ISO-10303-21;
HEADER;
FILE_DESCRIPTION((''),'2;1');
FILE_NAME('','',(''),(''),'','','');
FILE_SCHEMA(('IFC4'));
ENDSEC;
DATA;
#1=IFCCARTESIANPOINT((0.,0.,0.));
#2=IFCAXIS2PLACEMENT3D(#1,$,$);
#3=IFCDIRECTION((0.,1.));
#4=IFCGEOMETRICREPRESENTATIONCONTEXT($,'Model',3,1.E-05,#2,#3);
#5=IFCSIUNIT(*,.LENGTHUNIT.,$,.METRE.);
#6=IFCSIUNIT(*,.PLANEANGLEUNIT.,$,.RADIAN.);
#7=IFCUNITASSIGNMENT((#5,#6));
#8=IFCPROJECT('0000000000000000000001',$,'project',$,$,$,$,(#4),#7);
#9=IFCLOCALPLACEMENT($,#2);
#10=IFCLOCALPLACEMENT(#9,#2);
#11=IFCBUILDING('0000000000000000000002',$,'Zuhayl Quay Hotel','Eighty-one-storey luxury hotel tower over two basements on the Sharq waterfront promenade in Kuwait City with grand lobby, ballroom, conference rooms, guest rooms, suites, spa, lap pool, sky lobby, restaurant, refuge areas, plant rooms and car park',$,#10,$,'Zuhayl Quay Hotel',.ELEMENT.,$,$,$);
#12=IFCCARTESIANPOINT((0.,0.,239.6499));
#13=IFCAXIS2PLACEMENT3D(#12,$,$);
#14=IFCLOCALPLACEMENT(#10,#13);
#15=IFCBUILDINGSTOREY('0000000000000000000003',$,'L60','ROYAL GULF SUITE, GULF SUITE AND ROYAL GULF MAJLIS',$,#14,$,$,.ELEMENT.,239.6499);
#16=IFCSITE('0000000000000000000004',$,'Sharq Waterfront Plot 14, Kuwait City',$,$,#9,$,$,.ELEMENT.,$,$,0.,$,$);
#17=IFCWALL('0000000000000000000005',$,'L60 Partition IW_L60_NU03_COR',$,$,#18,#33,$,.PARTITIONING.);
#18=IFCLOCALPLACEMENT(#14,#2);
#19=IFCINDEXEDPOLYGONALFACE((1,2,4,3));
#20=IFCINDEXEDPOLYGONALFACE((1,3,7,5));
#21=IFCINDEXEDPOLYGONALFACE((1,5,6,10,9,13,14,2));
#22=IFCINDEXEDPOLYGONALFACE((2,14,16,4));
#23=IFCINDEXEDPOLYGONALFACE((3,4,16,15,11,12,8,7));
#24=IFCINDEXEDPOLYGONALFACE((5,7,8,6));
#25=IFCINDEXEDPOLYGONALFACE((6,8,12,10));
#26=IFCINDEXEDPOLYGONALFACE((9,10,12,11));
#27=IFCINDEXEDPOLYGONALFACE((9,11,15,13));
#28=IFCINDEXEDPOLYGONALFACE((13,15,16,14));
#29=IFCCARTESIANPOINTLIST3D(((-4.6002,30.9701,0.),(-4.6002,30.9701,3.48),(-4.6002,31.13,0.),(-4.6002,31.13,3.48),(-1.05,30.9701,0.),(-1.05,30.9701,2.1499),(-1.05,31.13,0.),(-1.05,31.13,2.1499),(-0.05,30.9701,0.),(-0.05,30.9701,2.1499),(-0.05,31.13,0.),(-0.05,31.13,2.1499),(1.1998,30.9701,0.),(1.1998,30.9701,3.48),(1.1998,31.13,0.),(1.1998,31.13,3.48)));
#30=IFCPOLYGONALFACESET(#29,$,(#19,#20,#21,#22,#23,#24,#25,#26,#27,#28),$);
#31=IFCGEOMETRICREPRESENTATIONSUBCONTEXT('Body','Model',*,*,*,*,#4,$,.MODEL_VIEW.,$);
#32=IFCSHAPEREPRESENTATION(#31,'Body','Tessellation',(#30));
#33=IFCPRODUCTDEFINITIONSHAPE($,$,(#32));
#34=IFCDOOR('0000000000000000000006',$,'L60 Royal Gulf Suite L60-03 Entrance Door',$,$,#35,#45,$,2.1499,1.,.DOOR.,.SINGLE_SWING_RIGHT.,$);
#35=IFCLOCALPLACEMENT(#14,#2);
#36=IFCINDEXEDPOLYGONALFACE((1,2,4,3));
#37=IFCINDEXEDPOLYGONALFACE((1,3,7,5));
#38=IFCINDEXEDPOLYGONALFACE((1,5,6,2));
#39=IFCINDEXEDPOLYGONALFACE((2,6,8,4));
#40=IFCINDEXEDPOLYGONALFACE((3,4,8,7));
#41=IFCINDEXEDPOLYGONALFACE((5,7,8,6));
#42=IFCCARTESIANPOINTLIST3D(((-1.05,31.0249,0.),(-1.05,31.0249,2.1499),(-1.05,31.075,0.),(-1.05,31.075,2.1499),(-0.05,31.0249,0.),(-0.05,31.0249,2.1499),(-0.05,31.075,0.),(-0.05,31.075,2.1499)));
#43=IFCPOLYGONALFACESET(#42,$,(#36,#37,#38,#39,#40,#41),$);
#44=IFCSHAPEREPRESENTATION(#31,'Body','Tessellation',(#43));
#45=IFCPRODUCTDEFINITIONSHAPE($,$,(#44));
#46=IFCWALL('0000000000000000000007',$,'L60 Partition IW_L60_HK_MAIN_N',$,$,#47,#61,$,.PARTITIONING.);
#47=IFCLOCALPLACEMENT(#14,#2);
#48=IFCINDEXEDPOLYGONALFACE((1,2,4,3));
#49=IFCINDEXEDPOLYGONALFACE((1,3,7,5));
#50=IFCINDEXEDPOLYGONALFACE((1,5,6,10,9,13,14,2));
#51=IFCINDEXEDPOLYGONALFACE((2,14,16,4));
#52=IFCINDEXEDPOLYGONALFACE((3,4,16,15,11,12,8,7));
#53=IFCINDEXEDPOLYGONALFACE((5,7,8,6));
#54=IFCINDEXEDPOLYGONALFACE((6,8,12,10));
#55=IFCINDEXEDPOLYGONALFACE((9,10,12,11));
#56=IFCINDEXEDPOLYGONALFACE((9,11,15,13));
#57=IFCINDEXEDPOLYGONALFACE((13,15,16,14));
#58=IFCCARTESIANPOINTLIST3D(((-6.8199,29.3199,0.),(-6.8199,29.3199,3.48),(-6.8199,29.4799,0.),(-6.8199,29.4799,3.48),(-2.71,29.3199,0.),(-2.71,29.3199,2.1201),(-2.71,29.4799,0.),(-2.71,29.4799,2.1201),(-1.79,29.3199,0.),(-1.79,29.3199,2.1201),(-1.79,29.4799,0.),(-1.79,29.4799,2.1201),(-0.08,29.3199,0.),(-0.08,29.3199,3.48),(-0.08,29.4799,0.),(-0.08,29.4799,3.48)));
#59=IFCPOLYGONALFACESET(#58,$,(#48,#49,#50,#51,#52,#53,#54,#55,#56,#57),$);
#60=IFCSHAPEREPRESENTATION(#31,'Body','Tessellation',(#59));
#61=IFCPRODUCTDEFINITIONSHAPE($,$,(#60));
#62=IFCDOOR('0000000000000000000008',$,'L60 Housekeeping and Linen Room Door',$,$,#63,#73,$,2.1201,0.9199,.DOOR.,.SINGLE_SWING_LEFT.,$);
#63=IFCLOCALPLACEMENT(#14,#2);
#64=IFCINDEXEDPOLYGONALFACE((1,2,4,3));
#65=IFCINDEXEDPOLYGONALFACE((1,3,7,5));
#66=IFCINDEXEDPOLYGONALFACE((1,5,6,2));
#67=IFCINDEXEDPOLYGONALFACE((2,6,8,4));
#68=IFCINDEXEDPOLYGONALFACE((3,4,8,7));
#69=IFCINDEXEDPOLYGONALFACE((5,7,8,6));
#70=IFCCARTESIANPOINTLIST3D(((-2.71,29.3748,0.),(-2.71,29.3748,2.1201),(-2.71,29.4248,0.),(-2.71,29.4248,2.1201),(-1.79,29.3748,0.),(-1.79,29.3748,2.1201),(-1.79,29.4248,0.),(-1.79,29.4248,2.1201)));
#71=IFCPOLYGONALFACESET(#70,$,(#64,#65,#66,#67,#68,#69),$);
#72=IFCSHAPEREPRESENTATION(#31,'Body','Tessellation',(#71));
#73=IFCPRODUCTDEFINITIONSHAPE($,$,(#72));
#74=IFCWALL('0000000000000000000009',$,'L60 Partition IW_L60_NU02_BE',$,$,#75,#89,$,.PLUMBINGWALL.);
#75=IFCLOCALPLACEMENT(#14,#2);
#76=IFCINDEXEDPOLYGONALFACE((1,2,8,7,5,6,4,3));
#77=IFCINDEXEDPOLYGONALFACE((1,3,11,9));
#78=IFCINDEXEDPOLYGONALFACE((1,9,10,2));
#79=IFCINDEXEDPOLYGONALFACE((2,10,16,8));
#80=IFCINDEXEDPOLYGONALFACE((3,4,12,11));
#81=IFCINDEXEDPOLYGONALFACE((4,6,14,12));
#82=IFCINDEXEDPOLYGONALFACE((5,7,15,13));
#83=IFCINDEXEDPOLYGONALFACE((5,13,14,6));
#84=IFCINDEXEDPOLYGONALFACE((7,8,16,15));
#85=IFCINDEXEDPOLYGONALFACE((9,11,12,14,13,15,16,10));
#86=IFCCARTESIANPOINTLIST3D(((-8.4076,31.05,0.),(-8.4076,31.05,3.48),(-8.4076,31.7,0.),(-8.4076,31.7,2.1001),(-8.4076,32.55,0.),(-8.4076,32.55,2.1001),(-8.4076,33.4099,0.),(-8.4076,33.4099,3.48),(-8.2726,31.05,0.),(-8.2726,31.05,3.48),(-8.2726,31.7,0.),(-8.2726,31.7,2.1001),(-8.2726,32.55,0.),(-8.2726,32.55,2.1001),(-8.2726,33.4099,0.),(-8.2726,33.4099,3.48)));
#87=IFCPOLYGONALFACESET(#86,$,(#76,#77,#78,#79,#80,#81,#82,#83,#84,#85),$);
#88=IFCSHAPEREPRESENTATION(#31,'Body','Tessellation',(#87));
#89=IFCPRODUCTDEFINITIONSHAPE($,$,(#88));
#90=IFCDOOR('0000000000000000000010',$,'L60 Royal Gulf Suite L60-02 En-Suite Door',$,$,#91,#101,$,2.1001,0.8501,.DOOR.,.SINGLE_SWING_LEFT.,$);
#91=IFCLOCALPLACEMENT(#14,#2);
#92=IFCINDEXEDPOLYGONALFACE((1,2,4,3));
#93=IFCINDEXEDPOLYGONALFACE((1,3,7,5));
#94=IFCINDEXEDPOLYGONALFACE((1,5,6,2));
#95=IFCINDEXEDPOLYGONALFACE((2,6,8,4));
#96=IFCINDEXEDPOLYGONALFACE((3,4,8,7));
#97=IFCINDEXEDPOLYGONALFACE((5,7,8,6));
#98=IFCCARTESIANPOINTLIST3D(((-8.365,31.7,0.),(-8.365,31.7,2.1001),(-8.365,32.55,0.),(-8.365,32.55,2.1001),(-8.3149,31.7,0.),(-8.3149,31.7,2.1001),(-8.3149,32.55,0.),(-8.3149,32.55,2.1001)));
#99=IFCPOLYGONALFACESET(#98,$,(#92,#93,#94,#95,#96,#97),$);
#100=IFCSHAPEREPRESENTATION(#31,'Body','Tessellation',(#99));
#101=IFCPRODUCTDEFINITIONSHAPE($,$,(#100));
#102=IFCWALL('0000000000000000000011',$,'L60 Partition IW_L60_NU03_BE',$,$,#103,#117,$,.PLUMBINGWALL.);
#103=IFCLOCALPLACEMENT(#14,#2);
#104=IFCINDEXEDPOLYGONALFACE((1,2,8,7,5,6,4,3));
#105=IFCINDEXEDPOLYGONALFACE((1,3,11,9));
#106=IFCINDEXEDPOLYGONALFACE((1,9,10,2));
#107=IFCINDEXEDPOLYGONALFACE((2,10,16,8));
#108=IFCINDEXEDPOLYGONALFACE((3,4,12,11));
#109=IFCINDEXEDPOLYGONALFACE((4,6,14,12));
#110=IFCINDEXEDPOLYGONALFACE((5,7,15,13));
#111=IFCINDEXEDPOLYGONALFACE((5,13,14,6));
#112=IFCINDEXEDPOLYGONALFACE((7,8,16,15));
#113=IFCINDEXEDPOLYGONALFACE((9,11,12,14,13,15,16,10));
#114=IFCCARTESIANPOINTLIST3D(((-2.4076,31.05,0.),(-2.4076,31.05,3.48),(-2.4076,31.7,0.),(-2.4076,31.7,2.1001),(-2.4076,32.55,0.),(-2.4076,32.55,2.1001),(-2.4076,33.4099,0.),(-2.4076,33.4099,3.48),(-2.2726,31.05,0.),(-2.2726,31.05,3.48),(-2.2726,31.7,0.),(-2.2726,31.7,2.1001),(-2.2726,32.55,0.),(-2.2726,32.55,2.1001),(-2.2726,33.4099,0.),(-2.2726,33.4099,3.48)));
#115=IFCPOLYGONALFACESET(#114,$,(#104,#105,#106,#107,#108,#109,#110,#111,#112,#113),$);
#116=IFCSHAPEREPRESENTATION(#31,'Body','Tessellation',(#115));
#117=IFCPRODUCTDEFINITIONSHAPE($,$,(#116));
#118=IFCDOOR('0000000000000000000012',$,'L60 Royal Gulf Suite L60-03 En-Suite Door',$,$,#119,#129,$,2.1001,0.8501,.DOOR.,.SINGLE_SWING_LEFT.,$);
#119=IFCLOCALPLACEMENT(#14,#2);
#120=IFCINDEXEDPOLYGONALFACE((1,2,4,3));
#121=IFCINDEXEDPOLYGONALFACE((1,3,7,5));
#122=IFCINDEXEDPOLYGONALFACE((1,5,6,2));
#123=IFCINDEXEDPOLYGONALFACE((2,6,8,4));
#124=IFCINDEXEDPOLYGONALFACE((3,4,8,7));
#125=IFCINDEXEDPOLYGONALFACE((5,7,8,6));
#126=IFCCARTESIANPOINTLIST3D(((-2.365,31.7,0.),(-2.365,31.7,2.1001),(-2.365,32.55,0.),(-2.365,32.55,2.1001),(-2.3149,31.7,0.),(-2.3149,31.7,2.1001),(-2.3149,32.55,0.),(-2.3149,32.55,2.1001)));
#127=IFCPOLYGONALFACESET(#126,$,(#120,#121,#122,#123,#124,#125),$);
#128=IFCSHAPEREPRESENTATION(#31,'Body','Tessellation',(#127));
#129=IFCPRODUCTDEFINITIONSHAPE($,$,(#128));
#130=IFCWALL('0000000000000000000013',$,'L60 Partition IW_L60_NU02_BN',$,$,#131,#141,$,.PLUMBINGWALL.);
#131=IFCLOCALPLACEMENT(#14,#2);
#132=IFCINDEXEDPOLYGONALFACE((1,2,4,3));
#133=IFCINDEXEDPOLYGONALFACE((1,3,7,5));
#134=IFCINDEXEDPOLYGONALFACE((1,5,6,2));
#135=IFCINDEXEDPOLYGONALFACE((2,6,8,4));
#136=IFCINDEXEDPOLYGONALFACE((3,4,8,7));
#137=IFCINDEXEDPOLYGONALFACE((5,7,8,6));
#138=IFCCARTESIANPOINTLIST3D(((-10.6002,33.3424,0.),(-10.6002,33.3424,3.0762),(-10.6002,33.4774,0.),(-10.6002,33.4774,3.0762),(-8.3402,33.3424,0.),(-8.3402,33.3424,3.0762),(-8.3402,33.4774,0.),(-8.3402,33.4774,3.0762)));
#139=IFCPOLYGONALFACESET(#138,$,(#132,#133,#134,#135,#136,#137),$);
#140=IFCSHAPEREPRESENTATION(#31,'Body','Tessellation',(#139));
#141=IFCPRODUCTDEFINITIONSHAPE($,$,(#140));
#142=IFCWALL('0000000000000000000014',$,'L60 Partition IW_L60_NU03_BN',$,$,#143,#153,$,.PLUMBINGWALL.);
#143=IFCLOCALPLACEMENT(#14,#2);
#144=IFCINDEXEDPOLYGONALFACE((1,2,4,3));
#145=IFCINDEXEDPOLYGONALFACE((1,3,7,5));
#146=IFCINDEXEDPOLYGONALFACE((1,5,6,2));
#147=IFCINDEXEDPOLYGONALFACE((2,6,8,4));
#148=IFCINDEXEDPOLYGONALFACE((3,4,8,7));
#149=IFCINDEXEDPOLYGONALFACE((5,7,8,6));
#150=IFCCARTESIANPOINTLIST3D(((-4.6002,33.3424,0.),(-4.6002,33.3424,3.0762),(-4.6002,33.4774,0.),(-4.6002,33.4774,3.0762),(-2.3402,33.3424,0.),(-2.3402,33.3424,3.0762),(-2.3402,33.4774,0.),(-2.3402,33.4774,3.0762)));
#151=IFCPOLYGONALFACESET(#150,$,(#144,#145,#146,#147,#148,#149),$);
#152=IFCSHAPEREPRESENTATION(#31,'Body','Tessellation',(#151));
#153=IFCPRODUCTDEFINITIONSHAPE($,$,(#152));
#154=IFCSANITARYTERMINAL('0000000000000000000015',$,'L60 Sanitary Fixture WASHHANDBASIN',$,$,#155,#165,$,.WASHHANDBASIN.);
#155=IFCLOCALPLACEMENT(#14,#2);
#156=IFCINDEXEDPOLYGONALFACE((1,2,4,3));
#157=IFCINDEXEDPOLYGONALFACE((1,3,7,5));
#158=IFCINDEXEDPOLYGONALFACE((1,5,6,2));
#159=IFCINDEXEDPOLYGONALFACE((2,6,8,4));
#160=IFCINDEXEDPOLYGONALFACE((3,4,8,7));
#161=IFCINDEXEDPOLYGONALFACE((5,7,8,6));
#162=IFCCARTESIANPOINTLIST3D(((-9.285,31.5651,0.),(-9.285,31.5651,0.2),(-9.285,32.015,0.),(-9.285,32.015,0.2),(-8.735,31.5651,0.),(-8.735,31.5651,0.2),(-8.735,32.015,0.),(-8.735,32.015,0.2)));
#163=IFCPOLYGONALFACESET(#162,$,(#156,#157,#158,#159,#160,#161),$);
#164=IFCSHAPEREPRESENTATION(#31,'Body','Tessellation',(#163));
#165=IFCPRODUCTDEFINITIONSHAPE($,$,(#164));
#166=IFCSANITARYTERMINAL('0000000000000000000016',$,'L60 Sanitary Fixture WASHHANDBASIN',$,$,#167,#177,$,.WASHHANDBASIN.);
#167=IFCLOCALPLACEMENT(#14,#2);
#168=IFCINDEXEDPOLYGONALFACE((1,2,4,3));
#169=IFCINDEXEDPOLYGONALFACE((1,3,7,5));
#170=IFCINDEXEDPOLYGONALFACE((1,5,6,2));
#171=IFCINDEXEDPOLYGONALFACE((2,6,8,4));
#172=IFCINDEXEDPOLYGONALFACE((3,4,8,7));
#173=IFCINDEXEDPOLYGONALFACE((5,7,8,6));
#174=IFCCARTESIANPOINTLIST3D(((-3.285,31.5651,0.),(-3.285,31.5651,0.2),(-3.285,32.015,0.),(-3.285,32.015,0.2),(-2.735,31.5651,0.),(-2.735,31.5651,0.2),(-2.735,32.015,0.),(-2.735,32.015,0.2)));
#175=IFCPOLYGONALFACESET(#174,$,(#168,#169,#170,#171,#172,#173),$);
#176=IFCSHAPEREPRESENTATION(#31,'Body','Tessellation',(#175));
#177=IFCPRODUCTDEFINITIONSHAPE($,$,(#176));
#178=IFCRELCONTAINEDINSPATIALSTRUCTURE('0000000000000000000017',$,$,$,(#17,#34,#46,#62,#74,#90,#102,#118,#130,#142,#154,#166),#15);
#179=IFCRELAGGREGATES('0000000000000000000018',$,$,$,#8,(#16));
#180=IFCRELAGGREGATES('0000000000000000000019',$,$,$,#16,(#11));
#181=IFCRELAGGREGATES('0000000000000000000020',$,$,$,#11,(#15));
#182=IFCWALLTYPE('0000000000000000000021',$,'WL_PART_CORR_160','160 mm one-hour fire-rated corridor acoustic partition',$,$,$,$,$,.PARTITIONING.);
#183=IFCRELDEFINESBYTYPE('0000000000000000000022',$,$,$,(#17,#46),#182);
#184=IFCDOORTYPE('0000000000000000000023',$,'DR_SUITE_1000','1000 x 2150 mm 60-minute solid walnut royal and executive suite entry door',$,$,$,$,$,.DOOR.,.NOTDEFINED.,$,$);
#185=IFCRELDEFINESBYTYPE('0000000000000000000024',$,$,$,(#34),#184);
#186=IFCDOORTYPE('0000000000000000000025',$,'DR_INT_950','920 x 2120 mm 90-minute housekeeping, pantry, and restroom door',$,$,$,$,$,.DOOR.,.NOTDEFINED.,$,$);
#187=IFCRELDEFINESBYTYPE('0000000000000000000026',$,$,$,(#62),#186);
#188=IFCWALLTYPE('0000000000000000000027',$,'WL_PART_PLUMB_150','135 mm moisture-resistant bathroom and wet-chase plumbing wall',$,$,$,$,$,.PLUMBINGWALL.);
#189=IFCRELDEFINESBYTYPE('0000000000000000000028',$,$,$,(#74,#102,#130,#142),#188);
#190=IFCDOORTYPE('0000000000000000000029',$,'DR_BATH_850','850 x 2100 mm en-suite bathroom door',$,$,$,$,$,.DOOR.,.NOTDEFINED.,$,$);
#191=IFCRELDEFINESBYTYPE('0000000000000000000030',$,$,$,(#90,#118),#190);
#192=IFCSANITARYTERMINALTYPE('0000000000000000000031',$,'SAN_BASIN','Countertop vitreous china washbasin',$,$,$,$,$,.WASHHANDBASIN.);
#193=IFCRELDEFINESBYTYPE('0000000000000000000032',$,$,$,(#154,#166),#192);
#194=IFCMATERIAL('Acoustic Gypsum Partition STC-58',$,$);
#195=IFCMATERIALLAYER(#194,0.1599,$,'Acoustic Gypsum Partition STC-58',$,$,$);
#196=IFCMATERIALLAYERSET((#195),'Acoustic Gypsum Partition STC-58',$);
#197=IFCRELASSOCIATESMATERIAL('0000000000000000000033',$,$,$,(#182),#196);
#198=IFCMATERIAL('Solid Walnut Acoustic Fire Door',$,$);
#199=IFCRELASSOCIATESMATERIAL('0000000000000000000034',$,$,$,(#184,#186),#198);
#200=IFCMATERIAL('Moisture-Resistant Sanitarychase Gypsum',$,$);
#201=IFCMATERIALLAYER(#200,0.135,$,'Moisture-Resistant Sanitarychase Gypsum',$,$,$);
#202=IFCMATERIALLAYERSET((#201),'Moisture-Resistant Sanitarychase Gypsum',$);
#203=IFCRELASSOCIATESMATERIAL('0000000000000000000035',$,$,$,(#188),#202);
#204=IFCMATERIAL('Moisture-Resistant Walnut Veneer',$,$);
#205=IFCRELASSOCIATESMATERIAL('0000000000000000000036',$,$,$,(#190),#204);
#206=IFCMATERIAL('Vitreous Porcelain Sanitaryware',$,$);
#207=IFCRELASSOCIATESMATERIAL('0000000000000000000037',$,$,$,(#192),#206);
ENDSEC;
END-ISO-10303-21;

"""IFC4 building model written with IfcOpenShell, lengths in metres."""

from ifc_helpers import new_model, si_unit, direction, frame, frame_2d, origin, origin_2d, place, context, subcontext, project, spatial, rectangle, extrude, material, layer, layer_set, type_object, element, fill, save


model = new_model("IFC4")

# Units and contexts
model_context = context("Model", 3, precision=1e-05, world=origin(), true_north=direction((0.0, 1.0)))
body_context = subcontext(model_context, "Body", "Model", "MODEL_VIEW")
ifc_project = project(units=[si_unit("LENGTHUNIT", "METRE"), si_unit("PLANEANGLEUNIT", "RADIAN")], contexts=[model_context])

# Site, building, storey
site_placement = place(None, origin())
site = spatial("IfcSite", under=ifc_project, at=site_placement, Name="Sharq Waterfront Plot 14, Kuwait City", CompositionType="ELEMENT", RefElevation=0.0)
building_placement = place(site_placement, origin())
building = spatial("IfcBuilding", under=site, at=building_placement, Name="Zuhayl Quay Hotel", Description="Eighty-one-storey luxury hotel tower over two basements on the Sharq waterfront promenade in Kuwait City with grand lobby, ballroom, conference rooms, guest rooms, suites, spa, lap pool, sky lobby, restaurant, refuge areas, plant rooms and car park", LongName="Zuhayl Quay Hotel", CompositionType="ELEMENT")
storey_placement = place(building_placement, frame((0.0, 0.0, 239.6499)))
storey = spatial("IfcBuildingStorey", under=building, at=storey_placement, Name="L60", Description="ROYAL GULF SUITE, GULF SUITE AND ROYAL GULF MAJLIS", CompositionType="ELEMENT", Elevation=239.6499)

# Shared definitions
ifc_material_1 = material(Name="Acoustic Gypsum Partition STC-58")

# Walls, openings, doors
ifc_layer_1 = layer(ifc_material_1, 0.1599, Name="Acoustic Gypsum Partition STC-58")
ifc_layer_set_1 = layer_set([ifc_layer_1], Name="Acoustic Gypsum Partition STC-58")
wall_type_1 = type_object("IfcWallType", Name="WL_PART_CORR_160", Description="160 mm one-hour fire-rated corridor acoustic partition", PredefinedType="PARTITIONING", material=ifc_layer_set_1)
ifc_material_2 = material(Name="Solid Walnut Acoustic Fire Door")
door_type_1 = type_object("IfcDoorType", Name="DR_SUITE_1000", Description="1000 x 2150 mm 60-minute solid walnut royal and executive suite entry door", OperationType="NOTDEFINED", PredefinedType="DOOR", material=ifc_material_2)
wall_1_placement = place(storey_placement, frame((-4.6001, 31.05, 0.0), z_axis=(0.0, 0.0, 1.0), x_axis=(1.0, 0.0, 0.0)))
wall_1 = element("IfcWall", 1, at=wall_1_placement, inside=storey, type_object=wall_type_1, Name="L60 Partition IW_L60_NU03_COR", PredefinedType="PARTITIONING", context=body_context, shape_type="SweptSolid", body=[
    extrude(rectangle(XDim=5.8, YDim=0.1599, at=frame_2d((2.8999, 0.0))), origin(), (0.0, 0.0, 1.0), 3.48),
])
opening_1_placement = place(wall_1_placement, frame((3.55, 0.0, 0.0)))
opening_1 = element("IfcOpeningElement", 2, at=opening_1_placement, cuts=wall_1, PredefinedType="OPENING", context=body_context, shape_type="SweptSolid", body=[
    extrude(rectangle(XDim=1.0, YDim=2.1499, at=frame_2d((0.5, 1.075))), frame((0.0, 0.0898, 0.0), z_axis=(0.0, -1.0, 0.0), x_axis=(1.0, 0.0, 0.0)), (0.0, 0.0, 1.0), 0.1799),
])
door_1_placement = place(opening_1_placement, origin())
door_1 = element("IfcDoor", 3, at=door_1_placement, inside=storey, type_object=door_type_1, Name="L60 Royal Gulf Suite L60-03 Entrance Door", OperationType="SINGLE_SWING_RIGHT", OverallHeight=2.1499, OverallWidth=1.0, PredefinedType="DOOR", context=body_context, shape_type="SweptSolid", body=[
    extrude(rectangle(XDim=1.0, YDim=2.1499, at=frame_2d((0.5, 1.075))), frame((0.0, 0.0249, 0.0), z_axis=(0.0, -1.0, 0.0), x_axis=(1.0, 0.0, 0.0)), (0.0, 0.0, 1.0), 0.05),
])
fill(opening_1, door_1)
wall_2_placement = place(storey_placement, frame((-6.8201, 29.3999, 0.0), z_axis=(0.0, 0.0, 1.0), x_axis=(1.0, 0.0, 0.0)))
wall_2 = element("IfcWall", 4, at=wall_2_placement, inside=storey, type_object=wall_type_1, Name="L60 Partition IW_L60_HK_MAIN_N", PredefinedType="PARTITIONING", context=body_context, shape_type="SweptSolid", body=[
    extrude(rectangle(XDim=6.74, YDim=0.1599, at=frame_2d((3.3701, 0.0))), origin(), (0.0, 0.0, 1.0), 3.48),
])
opening_2_placement = place(wall_2_placement, frame((4.1101, 0.0, 0.0)))
opening_2 = element("IfcOpeningElement", 5, at=opening_2_placement, cuts=wall_2, PredefinedType="OPENING", context=body_context, shape_type="SweptSolid", body=[
    extrude(rectangle(XDim=0.9199, YDim=2.1201, at=frame_2d((0.46, 1.0601))), frame((0.0, 0.0898, 0.0), z_axis=(0.0, -1.0, 0.0), x_axis=(1.0, 0.0, 0.0)), (0.0, 0.0, 1.0), 0.1799),
])
door_type_2 = type_object("IfcDoorType", Name="DR_INT_950", Description="920 x 2120 mm 90-minute housekeeping, pantry, and restroom door", OperationType="NOTDEFINED", PredefinedType="DOOR", material=ifc_material_2)
door_2_placement = place(opening_2_placement, origin())
door_2 = element("IfcDoor", 6, at=door_2_placement, inside=storey, type_object=door_type_2, Name="L60 Housekeeping and Linen Room Door", OperationType="SINGLE_SWING_LEFT", OverallHeight=2.1201, OverallWidth=0.9199, PredefinedType="DOOR", context=body_context, shape_type="SweptSolid", body=[
    extrude(rectangle(XDim=0.9199, YDim=2.1201, at=frame_2d((0.46, 1.0601))), frame((0.0, 0.0249, 0.0), z_axis=(0.0, -1.0, 0.0), x_axis=(1.0, 0.0, 0.0)), (0.0, 0.0, 1.0), 0.05),
])
fill(opening_2, door_2)
ifc_material_3 = material(Name="Moisture-Resistant Sanitarychase Gypsum")
ifc_layer_2 = layer(ifc_material_3, 0.135, Name="Moisture-Resistant Sanitarychase Gypsum")
ifc_layer_set_2 = layer_set([ifc_layer_2], Name="Moisture-Resistant Sanitarychase Gypsum")
wall_type_2 = type_object("IfcWallType", Name="WL_PART_PLUMB_150", Description="135 mm moisture-resistant bathroom and wet-chase plumbing wall", PredefinedType="PLUMBINGWALL", material=ifc_layer_set_2)
wall_3_placement = place(storey_placement, frame((-8.3401, 31.05, 0.0), z_axis=(0.0, 0.0, 1.0), x_axis=(0.0, 1.0, 0.0)))
wall_3 = element("IfcWall", 7, at=wall_3_placement, inside=storey, type_object=wall_type_2, Name="L60 Partition IW_L60_NU02_BE", PredefinedType="PLUMBINGWALL", context=body_context, shape_type="SweptSolid", body=[
    extrude(rectangle(XDim=2.3599, YDim=0.135, at=frame_2d((1.1799, 0.0))), origin(), (0.0, 0.0, 1.0), 3.48),
])
opening_3_placement = place(wall_3_placement, frame((0.6499, 0.0, 0.0)))
opening_3 = element("IfcOpeningElement", 8, at=opening_3_placement, cuts=wall_3, PredefinedType="OPENING", context=body_context, shape_type="SweptSolid", body=[
    extrude(rectangle(XDim=0.8501, YDim=2.1001, at=frame_2d((0.425, 1.05))), frame((0.0, 0.0774, 0.0), z_axis=(0.0, -1.0, 0.0), x_axis=(1.0, 0.0, 0.0)), (0.0, 0.0, 1.0), 0.155),
])
ifc_material_4 = material(Name="Moisture-Resistant Walnut Veneer")
door_type_3 = type_object("IfcDoorType", Name="DR_BATH_850", Description="850 x 2100 mm en-suite bathroom door", OperationType="NOTDEFINED", PredefinedType="DOOR", material=ifc_material_4)
door_3_placement = place(opening_3_placement, origin())
door_3 = element("IfcDoor", 9, at=door_3_placement, inside=storey, type_object=door_type_3, Name="L60 Royal Gulf Suite L60-02 En-Suite Door", OperationType="SINGLE_SWING_LEFT", OverallHeight=2.1001, OverallWidth=0.8501, PredefinedType="DOOR", context=body_context, shape_type="SweptSolid", body=[
    extrude(rectangle(XDim=0.8501, YDim=2.1001, at=frame_2d((0.425, 1.05))), frame((0.0, 0.0249, 0.0), z_axis=(0.0, -1.0, 0.0), x_axis=(1.0, 0.0, 0.0)), (0.0, 0.0, 1.0), 0.05),
])
fill(opening_3, door_3)
wall_4_placement = place(storey_placement, frame((-2.3401, 31.05, 0.0), z_axis=(0.0, 0.0, 1.0), x_axis=(0.0, 1.0, 0.0)))
wall_4 = element("IfcWall", 10, at=wall_4_placement, inside=storey, type_object=wall_type_2, Name="L60 Partition IW_L60_NU03_BE", PredefinedType="PLUMBINGWALL", context=body_context, shape_type="SweptSolid", body=[
    extrude(rectangle(XDim=2.3599, YDim=0.135, at=frame_2d((1.1799, 0.0))), origin(), (0.0, 0.0, 1.0), 3.48),
])
opening_4_placement = place(wall_4_placement, frame((0.6499, 0.0, 0.0)))
opening_4 = element("IfcOpeningElement", 11, at=opening_4_placement, cuts=wall_4, PredefinedType="OPENING", context=body_context, shape_type="SweptSolid", body=[
    extrude(rectangle(XDim=0.8501, YDim=2.1001, at=frame_2d((0.425, 1.05))), frame((0.0, 0.0774, 0.0), z_axis=(0.0, -1.0, 0.0), x_axis=(1.0, 0.0, 0.0)), (0.0, 0.0, 1.0), 0.155),
])
door_4_placement = place(opening_4_placement, origin())
door_4 = element("IfcDoor", 12, at=door_4_placement, inside=storey, type_object=door_type_3, Name="L60 Royal Gulf Suite L60-03 En-Suite Door", OperationType="SINGLE_SWING_LEFT", OverallHeight=2.1001, OverallWidth=0.8501, PredefinedType="DOOR", context=body_context, shape_type="SweptSolid", body=[
    extrude(rectangle(XDim=0.8501, YDim=2.1001, at=frame_2d((0.425, 1.05))), frame((0.0, 0.0249, 0.0), z_axis=(0.0, -1.0, 0.0), x_axis=(1.0, 0.0, 0.0)), (0.0, 0.0, 1.0), 0.05),
])
fill(opening_4, door_4)

# Walls
for number, where, z_axis, x_axis, name in (
    (13, (-10.6001, 33.4099, 0.0), (0.0, 0.0, 1.0), (1.0, 0.0, 0.0), "L60 Partition IW_L60_NU02_BN"),
    (14, (-4.6001, 33.4099, 0.0), (0.0, 0.0, 1.0), (1.0, 0.0, 0.0), "L60 Partition IW_L60_NU03_BN"),
):
    element("IfcWall", number, at=place(storey_placement, frame(where, z_axis=z_axis, x_axis=x_axis)), inside=storey, type_object=wall_type_2, Name=name, PredefinedType="PLUMBINGWALL", context=body_context, shape_type="SweptSolid", body=[
        extrude(rectangle(XDim=2.26, YDim=0.135, at=frame_2d((1.1299, 0.0))), origin(), (0.0, 0.0, 1.0), 3.0762),
    ])

# Sanitary terminals
ifc_material_5 = material(Name="Vitreous Porcelain Sanitaryware")
sanitary_terminal_type_1 = type_object("IfcSanitaryTerminalType", Name="SAN_BASIN", Description="Countertop vitreous china washbasin", PredefinedType="WASHHANDBASIN", material=ifc_material_5)
for number, where, z_axis, x_axis, name in (
    (15, (-9.01, 31.79, 0.0), (0.0, 0.0, 1.0), (1.0, 0.0, 0.0), "L60 Sanitary Fixture WASHHANDBASIN"),
    (16, (-3.01, 31.79, 0.0), (0.0, 0.0, 1.0), (1.0, 0.0, 0.0), "L60 Sanitary Fixture WASHHANDBASIN"),
):
    element("IfcSanitaryTerminal", number, at=place(storey_placement, frame(where, z_axis=z_axis, x_axis=x_axis)), inside=storey, type_object=sanitary_terminal_type_1, Name=name, PredefinedType="WASHHANDBASIN", context=body_context, shape_type="SweptSolid", body=[
        extrude(rectangle(XDim=0.55, YDim=0.45, at=origin_2d()), origin(), (0.0, 0.0, 1.0), 0.2),
    ])

save(model, "model.ifc")
